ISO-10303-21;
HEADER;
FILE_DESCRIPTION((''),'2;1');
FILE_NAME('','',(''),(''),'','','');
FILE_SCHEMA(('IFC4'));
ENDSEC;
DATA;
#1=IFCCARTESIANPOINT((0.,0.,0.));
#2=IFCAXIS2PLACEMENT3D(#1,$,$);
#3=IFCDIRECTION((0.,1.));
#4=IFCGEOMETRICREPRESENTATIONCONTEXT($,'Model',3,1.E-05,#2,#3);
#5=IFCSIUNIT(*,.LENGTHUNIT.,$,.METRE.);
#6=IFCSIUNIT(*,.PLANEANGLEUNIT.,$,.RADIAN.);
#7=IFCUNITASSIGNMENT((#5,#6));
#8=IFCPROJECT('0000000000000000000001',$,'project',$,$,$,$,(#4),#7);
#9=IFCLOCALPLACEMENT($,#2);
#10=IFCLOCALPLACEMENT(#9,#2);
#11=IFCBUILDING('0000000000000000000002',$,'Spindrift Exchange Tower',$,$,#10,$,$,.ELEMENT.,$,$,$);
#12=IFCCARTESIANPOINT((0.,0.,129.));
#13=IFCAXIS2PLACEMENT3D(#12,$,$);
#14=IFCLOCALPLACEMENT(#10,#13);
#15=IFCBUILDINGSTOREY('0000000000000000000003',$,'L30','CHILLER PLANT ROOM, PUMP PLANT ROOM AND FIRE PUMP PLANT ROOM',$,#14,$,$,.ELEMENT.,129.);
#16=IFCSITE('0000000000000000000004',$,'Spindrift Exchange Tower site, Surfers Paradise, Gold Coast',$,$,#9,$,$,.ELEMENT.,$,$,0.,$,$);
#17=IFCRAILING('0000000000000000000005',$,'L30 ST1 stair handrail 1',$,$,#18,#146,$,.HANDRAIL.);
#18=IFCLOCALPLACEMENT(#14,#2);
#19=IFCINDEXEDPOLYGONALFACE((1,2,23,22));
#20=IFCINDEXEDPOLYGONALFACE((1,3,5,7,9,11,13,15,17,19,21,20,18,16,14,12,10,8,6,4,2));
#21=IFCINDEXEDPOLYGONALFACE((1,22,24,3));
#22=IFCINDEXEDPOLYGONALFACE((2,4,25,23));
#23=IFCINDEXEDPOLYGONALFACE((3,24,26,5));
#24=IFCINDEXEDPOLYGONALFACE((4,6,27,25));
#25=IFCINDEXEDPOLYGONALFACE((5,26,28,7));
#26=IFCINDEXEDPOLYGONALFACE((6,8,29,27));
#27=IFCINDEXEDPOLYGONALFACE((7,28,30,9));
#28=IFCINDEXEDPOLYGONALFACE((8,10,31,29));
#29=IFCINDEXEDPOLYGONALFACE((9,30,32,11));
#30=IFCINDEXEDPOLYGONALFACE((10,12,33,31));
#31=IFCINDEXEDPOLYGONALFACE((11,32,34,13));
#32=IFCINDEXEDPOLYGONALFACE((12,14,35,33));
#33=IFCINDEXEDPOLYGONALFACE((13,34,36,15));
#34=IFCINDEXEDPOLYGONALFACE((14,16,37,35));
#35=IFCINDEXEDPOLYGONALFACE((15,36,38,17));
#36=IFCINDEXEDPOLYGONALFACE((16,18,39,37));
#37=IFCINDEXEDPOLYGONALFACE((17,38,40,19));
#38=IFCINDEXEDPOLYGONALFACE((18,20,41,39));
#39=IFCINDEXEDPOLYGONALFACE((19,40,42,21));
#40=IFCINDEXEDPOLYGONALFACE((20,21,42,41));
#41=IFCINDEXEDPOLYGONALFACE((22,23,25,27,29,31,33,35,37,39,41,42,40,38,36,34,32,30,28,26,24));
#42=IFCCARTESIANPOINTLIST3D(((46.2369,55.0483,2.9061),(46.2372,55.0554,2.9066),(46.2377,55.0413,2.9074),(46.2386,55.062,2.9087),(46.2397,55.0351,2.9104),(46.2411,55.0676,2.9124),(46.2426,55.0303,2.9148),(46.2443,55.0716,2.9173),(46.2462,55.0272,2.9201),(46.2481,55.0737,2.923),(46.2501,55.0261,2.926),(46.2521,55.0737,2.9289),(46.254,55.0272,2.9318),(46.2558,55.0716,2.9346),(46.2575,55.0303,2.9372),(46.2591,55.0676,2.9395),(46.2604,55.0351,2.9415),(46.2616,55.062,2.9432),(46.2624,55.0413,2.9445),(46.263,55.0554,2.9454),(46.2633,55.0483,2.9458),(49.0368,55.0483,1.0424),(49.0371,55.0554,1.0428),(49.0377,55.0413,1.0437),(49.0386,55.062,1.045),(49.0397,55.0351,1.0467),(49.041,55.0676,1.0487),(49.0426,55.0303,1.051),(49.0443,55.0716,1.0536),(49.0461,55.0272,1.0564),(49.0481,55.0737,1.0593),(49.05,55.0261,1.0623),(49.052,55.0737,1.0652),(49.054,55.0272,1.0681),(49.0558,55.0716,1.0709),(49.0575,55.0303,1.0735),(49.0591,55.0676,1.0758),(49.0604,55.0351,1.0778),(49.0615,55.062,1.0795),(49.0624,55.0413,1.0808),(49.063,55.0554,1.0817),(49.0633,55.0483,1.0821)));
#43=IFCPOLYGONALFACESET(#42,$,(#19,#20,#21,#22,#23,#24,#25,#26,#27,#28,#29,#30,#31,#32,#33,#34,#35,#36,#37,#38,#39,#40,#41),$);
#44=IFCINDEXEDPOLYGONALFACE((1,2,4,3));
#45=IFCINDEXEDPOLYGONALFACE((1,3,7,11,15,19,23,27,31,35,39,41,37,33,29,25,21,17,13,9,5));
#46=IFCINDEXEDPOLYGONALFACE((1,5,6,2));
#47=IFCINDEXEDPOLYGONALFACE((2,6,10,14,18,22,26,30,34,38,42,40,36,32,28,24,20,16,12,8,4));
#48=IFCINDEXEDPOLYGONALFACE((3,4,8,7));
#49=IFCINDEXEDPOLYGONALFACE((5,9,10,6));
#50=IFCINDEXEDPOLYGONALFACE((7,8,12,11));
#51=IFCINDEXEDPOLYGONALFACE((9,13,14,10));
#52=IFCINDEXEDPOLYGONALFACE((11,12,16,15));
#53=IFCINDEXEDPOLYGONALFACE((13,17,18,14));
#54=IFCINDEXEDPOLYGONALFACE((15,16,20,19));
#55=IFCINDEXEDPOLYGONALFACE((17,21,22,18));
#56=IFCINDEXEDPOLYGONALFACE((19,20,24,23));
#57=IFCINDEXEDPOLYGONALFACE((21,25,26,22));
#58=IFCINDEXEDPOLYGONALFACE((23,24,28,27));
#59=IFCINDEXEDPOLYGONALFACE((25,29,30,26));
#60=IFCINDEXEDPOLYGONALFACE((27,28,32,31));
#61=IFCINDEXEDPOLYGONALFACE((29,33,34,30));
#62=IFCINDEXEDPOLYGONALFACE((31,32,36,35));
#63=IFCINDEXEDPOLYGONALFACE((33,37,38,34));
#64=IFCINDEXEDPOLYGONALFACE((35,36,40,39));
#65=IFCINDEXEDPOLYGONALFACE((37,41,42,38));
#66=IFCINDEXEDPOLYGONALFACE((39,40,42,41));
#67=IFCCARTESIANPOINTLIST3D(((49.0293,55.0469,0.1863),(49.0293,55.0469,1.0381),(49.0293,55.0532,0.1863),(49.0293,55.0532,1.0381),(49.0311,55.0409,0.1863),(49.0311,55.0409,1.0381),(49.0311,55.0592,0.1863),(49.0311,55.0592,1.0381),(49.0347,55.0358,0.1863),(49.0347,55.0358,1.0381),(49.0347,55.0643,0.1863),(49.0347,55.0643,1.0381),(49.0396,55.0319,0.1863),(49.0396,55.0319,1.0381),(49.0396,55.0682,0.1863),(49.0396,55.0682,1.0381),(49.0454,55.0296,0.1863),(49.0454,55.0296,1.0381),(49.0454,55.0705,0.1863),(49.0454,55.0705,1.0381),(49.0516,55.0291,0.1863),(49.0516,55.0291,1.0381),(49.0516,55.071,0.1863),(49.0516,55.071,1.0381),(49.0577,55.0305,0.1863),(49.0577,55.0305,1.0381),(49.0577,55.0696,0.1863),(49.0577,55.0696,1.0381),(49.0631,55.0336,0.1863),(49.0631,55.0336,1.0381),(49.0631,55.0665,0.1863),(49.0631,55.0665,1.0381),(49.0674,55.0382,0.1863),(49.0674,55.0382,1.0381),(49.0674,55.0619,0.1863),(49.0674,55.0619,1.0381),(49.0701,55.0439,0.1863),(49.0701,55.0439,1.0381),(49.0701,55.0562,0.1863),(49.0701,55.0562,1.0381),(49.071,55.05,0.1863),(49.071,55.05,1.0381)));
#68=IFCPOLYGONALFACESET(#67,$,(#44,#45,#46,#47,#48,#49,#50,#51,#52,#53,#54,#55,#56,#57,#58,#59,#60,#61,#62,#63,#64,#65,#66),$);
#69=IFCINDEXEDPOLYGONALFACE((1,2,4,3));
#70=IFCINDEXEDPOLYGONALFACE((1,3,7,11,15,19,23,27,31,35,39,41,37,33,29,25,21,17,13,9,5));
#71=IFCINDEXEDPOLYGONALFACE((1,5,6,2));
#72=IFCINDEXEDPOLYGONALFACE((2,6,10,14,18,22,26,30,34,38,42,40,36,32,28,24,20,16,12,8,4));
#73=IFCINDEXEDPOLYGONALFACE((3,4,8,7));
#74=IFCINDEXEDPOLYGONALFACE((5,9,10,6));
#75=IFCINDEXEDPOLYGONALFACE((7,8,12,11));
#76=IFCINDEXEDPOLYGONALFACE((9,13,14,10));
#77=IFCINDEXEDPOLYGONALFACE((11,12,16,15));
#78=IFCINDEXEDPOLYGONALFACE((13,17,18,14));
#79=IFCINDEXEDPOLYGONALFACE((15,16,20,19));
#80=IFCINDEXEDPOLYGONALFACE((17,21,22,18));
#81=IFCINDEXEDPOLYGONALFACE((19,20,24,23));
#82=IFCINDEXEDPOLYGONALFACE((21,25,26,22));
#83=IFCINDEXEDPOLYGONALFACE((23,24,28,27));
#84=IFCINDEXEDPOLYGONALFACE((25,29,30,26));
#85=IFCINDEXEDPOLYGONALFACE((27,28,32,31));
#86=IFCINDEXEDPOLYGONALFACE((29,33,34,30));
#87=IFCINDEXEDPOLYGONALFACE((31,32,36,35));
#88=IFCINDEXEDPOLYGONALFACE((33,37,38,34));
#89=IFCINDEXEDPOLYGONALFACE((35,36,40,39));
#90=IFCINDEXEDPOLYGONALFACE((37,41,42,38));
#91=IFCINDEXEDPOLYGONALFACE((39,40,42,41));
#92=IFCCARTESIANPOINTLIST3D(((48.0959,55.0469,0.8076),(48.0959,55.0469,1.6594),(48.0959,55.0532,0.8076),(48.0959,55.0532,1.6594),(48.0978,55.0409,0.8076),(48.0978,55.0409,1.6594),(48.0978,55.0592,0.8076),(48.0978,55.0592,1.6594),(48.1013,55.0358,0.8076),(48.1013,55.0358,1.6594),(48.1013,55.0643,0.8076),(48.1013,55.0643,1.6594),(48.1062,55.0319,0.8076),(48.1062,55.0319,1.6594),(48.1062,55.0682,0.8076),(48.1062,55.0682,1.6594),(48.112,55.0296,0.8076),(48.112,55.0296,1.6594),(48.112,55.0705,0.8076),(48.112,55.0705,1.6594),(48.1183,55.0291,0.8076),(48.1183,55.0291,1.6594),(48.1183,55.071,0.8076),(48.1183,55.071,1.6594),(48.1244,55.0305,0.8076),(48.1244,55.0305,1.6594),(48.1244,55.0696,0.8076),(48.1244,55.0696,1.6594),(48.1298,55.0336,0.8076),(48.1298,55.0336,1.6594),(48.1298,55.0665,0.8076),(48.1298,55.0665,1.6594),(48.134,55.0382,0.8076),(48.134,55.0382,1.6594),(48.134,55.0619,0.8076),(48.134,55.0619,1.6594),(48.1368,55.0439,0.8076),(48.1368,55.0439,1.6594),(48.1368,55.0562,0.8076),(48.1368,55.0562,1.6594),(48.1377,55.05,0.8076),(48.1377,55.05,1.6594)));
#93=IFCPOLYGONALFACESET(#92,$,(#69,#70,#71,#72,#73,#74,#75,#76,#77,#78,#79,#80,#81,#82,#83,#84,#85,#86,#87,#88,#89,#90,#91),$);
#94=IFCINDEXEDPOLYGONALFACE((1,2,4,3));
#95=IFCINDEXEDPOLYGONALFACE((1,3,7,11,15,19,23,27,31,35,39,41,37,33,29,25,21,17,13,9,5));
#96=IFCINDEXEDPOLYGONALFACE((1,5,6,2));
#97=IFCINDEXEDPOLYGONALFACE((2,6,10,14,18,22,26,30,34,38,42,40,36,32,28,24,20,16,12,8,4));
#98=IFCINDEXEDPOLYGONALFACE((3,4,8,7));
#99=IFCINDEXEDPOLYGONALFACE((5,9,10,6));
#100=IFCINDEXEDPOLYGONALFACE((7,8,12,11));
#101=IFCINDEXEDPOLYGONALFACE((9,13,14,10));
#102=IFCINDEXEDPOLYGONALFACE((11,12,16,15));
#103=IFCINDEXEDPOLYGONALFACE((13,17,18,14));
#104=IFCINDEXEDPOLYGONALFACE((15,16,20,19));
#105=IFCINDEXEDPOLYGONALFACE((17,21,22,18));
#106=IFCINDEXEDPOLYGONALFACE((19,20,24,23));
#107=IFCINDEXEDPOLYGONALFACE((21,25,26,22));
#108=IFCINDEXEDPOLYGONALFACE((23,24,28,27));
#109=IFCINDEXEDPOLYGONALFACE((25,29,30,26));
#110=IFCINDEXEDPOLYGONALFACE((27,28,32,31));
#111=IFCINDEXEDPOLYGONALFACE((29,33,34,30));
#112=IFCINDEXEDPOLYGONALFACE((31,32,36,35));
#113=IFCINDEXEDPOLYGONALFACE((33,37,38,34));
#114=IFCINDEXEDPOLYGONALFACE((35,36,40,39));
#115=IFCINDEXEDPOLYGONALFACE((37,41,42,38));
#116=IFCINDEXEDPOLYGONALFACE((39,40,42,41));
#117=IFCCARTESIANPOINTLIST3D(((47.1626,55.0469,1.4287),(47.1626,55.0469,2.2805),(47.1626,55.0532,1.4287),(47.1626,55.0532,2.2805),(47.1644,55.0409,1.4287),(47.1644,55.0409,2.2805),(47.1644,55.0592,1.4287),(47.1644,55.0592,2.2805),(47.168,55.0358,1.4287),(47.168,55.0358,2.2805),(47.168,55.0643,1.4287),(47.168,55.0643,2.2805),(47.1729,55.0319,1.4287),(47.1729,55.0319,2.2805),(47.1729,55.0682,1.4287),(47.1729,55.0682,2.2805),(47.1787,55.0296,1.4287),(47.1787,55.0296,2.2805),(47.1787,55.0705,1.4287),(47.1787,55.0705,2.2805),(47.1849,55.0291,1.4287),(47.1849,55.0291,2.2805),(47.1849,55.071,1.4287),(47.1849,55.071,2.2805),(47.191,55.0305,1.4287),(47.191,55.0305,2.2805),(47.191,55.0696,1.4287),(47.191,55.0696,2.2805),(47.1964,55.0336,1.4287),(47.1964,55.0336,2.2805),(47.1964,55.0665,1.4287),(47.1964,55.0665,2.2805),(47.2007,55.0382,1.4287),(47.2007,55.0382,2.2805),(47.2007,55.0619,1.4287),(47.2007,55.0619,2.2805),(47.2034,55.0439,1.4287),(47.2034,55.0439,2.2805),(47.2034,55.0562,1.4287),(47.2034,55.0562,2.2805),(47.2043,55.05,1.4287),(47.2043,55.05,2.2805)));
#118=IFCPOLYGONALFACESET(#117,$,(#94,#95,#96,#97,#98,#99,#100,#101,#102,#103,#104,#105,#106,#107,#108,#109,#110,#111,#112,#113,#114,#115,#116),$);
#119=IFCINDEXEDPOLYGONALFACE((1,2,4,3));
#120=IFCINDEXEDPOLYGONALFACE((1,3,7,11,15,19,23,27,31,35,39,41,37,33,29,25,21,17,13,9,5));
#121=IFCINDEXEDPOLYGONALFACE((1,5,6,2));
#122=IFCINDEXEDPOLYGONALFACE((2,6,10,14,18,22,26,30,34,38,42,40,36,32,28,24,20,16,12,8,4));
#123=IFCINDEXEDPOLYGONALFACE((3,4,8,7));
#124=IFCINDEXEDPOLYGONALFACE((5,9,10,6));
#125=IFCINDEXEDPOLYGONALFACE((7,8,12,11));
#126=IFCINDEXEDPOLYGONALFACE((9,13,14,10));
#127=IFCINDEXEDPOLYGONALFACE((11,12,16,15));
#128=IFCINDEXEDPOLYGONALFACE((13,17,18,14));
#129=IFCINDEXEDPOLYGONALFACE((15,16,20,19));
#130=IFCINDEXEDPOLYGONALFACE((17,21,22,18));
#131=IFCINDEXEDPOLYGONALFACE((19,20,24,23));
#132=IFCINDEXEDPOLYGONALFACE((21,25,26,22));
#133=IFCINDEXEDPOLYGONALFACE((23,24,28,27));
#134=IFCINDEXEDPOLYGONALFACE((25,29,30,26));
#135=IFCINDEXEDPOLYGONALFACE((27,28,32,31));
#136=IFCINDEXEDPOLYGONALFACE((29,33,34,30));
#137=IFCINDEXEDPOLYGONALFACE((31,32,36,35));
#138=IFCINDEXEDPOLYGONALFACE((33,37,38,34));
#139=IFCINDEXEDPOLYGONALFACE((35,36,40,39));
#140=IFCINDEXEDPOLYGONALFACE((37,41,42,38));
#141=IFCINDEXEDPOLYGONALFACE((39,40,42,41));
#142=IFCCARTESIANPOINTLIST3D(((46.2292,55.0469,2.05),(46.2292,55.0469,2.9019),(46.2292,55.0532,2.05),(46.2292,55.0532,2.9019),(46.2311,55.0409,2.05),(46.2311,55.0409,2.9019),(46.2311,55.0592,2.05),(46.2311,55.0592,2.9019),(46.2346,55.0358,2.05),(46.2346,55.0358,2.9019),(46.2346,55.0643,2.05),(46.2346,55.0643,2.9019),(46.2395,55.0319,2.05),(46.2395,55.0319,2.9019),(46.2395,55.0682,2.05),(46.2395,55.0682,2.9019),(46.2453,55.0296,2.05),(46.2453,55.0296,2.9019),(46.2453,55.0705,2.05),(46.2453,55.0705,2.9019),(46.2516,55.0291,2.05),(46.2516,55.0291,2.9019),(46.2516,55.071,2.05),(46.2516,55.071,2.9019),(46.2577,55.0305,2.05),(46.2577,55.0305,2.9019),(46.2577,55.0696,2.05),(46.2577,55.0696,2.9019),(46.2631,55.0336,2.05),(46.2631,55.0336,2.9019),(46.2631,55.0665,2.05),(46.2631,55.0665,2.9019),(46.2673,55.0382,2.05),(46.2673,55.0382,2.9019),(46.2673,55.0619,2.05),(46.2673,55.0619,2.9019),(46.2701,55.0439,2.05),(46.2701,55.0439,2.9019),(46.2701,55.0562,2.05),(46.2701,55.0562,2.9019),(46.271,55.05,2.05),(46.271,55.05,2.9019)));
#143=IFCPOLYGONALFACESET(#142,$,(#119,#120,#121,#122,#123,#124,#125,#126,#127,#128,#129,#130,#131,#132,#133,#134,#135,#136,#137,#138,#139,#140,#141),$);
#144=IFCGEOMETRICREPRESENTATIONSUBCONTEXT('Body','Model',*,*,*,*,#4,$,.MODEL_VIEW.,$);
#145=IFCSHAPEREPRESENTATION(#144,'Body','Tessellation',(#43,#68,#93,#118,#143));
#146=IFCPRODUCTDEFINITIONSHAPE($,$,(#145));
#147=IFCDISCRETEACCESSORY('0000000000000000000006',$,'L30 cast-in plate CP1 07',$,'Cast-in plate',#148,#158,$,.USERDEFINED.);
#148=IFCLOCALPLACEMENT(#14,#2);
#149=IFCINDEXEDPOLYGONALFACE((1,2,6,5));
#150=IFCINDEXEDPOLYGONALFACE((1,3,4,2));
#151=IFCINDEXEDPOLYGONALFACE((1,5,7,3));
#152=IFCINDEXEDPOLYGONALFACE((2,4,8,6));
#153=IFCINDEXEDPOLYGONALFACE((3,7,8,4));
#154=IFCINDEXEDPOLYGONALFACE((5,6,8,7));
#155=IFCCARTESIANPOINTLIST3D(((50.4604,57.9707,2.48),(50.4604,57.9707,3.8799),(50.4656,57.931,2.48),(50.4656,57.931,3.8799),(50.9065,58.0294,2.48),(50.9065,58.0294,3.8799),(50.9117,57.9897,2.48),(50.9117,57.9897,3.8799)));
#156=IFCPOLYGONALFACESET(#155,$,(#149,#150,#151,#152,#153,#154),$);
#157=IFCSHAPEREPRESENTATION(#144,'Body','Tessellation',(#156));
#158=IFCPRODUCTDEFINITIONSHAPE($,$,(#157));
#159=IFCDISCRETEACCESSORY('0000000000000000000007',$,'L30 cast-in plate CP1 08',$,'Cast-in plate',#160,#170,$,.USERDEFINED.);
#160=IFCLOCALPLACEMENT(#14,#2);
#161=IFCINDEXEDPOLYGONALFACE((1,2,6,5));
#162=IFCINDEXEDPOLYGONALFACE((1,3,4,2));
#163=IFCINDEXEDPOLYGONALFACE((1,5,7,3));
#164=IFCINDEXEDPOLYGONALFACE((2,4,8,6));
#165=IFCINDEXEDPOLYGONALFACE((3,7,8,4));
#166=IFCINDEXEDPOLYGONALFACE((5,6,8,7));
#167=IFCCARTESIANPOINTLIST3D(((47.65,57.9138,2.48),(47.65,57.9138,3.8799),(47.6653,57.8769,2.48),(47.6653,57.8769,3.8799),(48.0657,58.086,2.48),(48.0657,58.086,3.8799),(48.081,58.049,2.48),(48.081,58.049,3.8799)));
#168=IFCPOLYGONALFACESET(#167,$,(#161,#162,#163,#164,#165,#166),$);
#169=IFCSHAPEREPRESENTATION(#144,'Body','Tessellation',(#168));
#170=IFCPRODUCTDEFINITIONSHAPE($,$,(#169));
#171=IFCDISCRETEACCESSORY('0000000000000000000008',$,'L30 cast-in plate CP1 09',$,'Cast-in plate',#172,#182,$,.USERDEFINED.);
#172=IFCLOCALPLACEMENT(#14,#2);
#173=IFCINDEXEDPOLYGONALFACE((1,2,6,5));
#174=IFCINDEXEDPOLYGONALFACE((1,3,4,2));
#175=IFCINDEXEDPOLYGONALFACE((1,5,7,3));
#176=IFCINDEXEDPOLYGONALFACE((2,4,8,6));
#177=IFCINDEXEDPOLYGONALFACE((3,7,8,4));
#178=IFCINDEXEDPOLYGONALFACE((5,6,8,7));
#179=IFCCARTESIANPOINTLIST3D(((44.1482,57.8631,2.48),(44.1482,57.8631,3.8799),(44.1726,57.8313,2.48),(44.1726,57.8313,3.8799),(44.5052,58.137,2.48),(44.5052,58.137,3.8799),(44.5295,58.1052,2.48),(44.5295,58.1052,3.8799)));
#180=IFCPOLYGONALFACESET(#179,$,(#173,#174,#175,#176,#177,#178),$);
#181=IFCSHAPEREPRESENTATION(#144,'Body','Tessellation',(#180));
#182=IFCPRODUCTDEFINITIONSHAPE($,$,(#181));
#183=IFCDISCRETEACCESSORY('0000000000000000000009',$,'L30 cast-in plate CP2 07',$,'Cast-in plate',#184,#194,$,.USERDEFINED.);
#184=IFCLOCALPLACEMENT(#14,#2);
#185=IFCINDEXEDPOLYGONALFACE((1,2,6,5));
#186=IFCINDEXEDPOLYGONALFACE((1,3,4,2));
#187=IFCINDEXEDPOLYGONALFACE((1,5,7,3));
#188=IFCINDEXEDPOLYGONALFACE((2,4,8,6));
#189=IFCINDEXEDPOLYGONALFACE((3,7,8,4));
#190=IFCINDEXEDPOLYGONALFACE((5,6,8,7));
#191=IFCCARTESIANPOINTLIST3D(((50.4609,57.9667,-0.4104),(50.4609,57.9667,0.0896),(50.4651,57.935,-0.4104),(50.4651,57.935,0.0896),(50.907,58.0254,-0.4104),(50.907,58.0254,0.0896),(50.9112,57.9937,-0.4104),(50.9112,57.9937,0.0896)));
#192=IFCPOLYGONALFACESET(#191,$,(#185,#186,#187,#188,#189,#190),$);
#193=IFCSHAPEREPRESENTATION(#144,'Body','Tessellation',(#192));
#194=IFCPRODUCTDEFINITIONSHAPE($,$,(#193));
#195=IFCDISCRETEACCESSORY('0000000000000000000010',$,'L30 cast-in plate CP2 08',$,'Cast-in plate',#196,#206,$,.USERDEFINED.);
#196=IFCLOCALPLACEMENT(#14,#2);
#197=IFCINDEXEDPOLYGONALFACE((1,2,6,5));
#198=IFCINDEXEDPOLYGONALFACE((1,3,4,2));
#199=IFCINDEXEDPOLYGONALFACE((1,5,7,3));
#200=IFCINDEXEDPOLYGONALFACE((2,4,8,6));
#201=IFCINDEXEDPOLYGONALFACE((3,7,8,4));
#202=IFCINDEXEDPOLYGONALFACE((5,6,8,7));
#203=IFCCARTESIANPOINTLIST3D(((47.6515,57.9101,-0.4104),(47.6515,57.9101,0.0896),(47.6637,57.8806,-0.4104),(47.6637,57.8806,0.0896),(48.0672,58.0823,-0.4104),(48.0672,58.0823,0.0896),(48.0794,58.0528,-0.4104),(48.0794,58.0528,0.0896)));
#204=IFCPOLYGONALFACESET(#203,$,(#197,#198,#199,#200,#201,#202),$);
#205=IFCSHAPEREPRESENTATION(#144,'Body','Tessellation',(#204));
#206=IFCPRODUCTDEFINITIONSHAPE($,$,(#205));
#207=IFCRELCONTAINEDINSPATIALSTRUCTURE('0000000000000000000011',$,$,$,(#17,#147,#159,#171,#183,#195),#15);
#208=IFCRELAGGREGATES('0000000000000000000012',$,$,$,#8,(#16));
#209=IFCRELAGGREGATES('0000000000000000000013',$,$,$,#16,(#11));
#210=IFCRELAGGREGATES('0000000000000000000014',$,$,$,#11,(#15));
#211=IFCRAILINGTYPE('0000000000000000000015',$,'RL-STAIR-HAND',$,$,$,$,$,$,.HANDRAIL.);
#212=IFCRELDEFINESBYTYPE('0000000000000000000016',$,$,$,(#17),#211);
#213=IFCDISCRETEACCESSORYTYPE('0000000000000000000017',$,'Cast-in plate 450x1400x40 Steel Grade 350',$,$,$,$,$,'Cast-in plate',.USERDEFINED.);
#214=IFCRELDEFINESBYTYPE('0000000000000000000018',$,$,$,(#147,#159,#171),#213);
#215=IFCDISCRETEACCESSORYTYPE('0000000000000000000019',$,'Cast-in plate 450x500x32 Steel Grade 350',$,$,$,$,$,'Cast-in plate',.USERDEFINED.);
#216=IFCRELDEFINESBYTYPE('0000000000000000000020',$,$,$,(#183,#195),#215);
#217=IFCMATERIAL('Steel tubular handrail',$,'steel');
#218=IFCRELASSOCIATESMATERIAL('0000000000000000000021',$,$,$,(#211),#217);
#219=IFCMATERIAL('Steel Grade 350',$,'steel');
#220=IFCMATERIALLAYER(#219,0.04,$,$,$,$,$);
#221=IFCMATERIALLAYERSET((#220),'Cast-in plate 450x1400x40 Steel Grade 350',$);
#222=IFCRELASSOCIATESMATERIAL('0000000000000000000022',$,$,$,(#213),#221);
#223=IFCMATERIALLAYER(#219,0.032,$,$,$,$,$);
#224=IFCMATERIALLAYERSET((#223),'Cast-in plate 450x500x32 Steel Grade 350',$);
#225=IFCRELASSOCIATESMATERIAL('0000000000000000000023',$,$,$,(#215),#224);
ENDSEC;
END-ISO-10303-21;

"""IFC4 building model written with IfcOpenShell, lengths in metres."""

from ifc_helpers import new_model, si_unit, direction, frame, origin, origin_2d, place, context, subcontext, project, spatial, rectangle, circle, extrude, source, transform, mapped, material, layer, layer_set, type_object, element, save


model = new_model("IFC4")

# Units and contexts
model_context = context("Model", 3, precision=1e-05, world=origin(), true_north=direction((0.0, 1.0)))
body_context = subcontext(model_context, "Body", "Model", "MODEL_VIEW")
ifc_project = project(units=[si_unit("LENGTHUNIT", "METRE"), si_unit("PLANEANGLEUNIT", "RADIAN")], contexts=[model_context])

# Site, building, storey
site_placement = place(None, origin())
site = spatial("IfcSite", under=ifc_project, at=site_placement, Name="Spindrift Exchange Tower site, Surfers Paradise, Gold Coast", CompositionType="ELEMENT", RefElevation=0.0)
building_placement = place(site_placement, origin())
building = spatial("IfcBuilding", under=site, at=building_placement, Name="Spindrift Exchange Tower", CompositionType="ELEMENT")
storey_placement = place(building_placement, frame((0.0, 0.0, 129.0)))
storey = spatial("IfcBuildingStorey", under=building, at=storey_placement, Name="L30", Description="CHILLER PLANT ROOM, PUMP PLANT ROOM AND FIRE PUMP PLANT ROOM", CompositionType="ELEMENT", Elevation=129.0)

# Railing
ifc_material_1 = material(Name="Steel tubular handrail", Category="steel")
railing_type = type_object("IfcRailingType", Name="RL-STAIR-HAND", PredefinedType="HANDRAIL", material=ifc_material_1)
railing_placement = place(storey_placement, frame((49.05, 55.05, 0.1863)))
element("IfcRailing", 1, at=railing_placement, inside=storey, type_object=railing_type, Name="L30 ST1 stair handrail 1", PredefinedType="HANDRAIL", context=body_context, shape_type="SweptSolid", body=[
    extrude(circle(Radius=0.0239, at=origin_2d()), frame((0.0, 0.0, 0.876), z_axis=(-0.832452, 0.0, 0.554097), x_axis=(0.0, -1.0, 0.0)), (0.0, 0.0, 1.0), 3.3635),
    extrude(circle(Radius=0.021, at=origin_2d()), origin(), (0.0, 0.0, 1.0), 0.8518),
    extrude(circle(Radius=0.021, at=origin_2d()), frame((-0.9333, 0.0, 0.6213)), (0.0, 0.0, 1.0), 0.8518),
    extrude(circle(Radius=0.021, at=origin_2d()), frame((-1.8667, 0.0, 1.2424)), (0.0, 0.0, 1.0), 0.8518),
    extrude(circle(Radius=0.021, at=origin_2d()), frame((-2.8, 0.0, 1.8638)), (0.0, 0.0, 1.0), 0.8518),
])

# Discrete accessories
ifc_material_2 = material(Name="Steel Grade 350", Category="steel")
ifc_layer_1 = layer(ifc_material_2, 0.04)
ifc_layer_set_1 = layer_set([ifc_layer_1], Name="Cast-in plate 450x1400x40 Steel Grade 350")
discrete_accessory_type_1 = type_object("IfcDiscreteAccessoryType", Name="Cast-in plate 450x1400x40 Steel Grade 350", ElementType="Cast-in plate", PredefinedType="USERDEFINED", material=ifc_layer_set_1)
shared_shape_1 = source(origin(), body_context, "Body", "SweptSolid", [
    extrude(rectangle(XDim=0.04, YDim=0.45, at=origin_2d()), origin(), (0.0, 0.0, 1.0), 1.3999),
])
for number, where, z_axis, x_axis, name in (
    (2, (50.686, 57.9802, 2.48), (0.0, 0.0, 1.0), (-0.130526, 0.991445, 0.0), "L30 cast-in plate CP1 07"),
    (3, (47.8655, 57.9814, 2.48), (0.0, 0.0, 1.0), (-0.382683, 0.92388, 0.0), "L30 cast-in plate CP1 08"),
    (4, (44.3389, 57.9841, 2.48), (0.0, 0.0, 1.0), (-0.608761, 0.793353, 0.0), "L30 cast-in plate CP1 09"),
):
    element("IfcDiscreteAccessory", number, at=place(storey_placement, frame(where, z_axis=z_axis, x_axis=x_axis)), inside=storey, type_object=discrete_accessory_type_1, Name=name, ObjectType="Cast-in plate", PredefinedType="USERDEFINED", context=body_context, shape_type="MappedRepresentation", body=[
        mapped(shared_shape_1, transform((0.0, 0.0, 0.0), scale=1.0)),
    ])
ifc_layer_2 = layer(ifc_material_2, 0.032)
ifc_layer_set_2 = layer_set([ifc_layer_2], Name="Cast-in plate 450x500x32 Steel Grade 350")
discrete_accessory_type_2 = type_object("IfcDiscreteAccessoryType", Name="Cast-in plate 450x500x32 Steel Grade 350", ElementType="Cast-in plate", PredefinedType="USERDEFINED", material=ifc_layer_set_2)
shared_shape_2 = source(origin(), body_context, "Body", "SweptSolid", [
    extrude(rectangle(XDim=0.032, YDim=0.45, at=origin_2d()), origin(), (0.0, 0.0, 1.0), 0.5),
])
for number, where, z_axis, x_axis, name in (
    (5, (50.686, 57.9802, -0.4104), (0.0, 0.0, 1.0), (-0.130526, 0.991445, 0.0), "L30 cast-in plate CP2 07"),
    (6, (47.8655, 57.9814, -0.4104), (0.0, 0.0, 1.0), (-0.382683, 0.92388, 0.0), "L30 cast-in plate CP2 08"),
):
    element("IfcDiscreteAccessory", number, at=place(storey_placement, frame(where, z_axis=z_axis, x_axis=x_axis)), inside=storey, type_object=discrete_accessory_type_2, Name=name, ObjectType="Cast-in plate", PredefinedType="USERDEFINED", context=body_context, shape_type="MappedRepresentation", body=[
        mapped(shared_shape_2, transform((0.0, 0.0, 0.0), scale=1.0)),
    ])

save(model, "model.ifc")
